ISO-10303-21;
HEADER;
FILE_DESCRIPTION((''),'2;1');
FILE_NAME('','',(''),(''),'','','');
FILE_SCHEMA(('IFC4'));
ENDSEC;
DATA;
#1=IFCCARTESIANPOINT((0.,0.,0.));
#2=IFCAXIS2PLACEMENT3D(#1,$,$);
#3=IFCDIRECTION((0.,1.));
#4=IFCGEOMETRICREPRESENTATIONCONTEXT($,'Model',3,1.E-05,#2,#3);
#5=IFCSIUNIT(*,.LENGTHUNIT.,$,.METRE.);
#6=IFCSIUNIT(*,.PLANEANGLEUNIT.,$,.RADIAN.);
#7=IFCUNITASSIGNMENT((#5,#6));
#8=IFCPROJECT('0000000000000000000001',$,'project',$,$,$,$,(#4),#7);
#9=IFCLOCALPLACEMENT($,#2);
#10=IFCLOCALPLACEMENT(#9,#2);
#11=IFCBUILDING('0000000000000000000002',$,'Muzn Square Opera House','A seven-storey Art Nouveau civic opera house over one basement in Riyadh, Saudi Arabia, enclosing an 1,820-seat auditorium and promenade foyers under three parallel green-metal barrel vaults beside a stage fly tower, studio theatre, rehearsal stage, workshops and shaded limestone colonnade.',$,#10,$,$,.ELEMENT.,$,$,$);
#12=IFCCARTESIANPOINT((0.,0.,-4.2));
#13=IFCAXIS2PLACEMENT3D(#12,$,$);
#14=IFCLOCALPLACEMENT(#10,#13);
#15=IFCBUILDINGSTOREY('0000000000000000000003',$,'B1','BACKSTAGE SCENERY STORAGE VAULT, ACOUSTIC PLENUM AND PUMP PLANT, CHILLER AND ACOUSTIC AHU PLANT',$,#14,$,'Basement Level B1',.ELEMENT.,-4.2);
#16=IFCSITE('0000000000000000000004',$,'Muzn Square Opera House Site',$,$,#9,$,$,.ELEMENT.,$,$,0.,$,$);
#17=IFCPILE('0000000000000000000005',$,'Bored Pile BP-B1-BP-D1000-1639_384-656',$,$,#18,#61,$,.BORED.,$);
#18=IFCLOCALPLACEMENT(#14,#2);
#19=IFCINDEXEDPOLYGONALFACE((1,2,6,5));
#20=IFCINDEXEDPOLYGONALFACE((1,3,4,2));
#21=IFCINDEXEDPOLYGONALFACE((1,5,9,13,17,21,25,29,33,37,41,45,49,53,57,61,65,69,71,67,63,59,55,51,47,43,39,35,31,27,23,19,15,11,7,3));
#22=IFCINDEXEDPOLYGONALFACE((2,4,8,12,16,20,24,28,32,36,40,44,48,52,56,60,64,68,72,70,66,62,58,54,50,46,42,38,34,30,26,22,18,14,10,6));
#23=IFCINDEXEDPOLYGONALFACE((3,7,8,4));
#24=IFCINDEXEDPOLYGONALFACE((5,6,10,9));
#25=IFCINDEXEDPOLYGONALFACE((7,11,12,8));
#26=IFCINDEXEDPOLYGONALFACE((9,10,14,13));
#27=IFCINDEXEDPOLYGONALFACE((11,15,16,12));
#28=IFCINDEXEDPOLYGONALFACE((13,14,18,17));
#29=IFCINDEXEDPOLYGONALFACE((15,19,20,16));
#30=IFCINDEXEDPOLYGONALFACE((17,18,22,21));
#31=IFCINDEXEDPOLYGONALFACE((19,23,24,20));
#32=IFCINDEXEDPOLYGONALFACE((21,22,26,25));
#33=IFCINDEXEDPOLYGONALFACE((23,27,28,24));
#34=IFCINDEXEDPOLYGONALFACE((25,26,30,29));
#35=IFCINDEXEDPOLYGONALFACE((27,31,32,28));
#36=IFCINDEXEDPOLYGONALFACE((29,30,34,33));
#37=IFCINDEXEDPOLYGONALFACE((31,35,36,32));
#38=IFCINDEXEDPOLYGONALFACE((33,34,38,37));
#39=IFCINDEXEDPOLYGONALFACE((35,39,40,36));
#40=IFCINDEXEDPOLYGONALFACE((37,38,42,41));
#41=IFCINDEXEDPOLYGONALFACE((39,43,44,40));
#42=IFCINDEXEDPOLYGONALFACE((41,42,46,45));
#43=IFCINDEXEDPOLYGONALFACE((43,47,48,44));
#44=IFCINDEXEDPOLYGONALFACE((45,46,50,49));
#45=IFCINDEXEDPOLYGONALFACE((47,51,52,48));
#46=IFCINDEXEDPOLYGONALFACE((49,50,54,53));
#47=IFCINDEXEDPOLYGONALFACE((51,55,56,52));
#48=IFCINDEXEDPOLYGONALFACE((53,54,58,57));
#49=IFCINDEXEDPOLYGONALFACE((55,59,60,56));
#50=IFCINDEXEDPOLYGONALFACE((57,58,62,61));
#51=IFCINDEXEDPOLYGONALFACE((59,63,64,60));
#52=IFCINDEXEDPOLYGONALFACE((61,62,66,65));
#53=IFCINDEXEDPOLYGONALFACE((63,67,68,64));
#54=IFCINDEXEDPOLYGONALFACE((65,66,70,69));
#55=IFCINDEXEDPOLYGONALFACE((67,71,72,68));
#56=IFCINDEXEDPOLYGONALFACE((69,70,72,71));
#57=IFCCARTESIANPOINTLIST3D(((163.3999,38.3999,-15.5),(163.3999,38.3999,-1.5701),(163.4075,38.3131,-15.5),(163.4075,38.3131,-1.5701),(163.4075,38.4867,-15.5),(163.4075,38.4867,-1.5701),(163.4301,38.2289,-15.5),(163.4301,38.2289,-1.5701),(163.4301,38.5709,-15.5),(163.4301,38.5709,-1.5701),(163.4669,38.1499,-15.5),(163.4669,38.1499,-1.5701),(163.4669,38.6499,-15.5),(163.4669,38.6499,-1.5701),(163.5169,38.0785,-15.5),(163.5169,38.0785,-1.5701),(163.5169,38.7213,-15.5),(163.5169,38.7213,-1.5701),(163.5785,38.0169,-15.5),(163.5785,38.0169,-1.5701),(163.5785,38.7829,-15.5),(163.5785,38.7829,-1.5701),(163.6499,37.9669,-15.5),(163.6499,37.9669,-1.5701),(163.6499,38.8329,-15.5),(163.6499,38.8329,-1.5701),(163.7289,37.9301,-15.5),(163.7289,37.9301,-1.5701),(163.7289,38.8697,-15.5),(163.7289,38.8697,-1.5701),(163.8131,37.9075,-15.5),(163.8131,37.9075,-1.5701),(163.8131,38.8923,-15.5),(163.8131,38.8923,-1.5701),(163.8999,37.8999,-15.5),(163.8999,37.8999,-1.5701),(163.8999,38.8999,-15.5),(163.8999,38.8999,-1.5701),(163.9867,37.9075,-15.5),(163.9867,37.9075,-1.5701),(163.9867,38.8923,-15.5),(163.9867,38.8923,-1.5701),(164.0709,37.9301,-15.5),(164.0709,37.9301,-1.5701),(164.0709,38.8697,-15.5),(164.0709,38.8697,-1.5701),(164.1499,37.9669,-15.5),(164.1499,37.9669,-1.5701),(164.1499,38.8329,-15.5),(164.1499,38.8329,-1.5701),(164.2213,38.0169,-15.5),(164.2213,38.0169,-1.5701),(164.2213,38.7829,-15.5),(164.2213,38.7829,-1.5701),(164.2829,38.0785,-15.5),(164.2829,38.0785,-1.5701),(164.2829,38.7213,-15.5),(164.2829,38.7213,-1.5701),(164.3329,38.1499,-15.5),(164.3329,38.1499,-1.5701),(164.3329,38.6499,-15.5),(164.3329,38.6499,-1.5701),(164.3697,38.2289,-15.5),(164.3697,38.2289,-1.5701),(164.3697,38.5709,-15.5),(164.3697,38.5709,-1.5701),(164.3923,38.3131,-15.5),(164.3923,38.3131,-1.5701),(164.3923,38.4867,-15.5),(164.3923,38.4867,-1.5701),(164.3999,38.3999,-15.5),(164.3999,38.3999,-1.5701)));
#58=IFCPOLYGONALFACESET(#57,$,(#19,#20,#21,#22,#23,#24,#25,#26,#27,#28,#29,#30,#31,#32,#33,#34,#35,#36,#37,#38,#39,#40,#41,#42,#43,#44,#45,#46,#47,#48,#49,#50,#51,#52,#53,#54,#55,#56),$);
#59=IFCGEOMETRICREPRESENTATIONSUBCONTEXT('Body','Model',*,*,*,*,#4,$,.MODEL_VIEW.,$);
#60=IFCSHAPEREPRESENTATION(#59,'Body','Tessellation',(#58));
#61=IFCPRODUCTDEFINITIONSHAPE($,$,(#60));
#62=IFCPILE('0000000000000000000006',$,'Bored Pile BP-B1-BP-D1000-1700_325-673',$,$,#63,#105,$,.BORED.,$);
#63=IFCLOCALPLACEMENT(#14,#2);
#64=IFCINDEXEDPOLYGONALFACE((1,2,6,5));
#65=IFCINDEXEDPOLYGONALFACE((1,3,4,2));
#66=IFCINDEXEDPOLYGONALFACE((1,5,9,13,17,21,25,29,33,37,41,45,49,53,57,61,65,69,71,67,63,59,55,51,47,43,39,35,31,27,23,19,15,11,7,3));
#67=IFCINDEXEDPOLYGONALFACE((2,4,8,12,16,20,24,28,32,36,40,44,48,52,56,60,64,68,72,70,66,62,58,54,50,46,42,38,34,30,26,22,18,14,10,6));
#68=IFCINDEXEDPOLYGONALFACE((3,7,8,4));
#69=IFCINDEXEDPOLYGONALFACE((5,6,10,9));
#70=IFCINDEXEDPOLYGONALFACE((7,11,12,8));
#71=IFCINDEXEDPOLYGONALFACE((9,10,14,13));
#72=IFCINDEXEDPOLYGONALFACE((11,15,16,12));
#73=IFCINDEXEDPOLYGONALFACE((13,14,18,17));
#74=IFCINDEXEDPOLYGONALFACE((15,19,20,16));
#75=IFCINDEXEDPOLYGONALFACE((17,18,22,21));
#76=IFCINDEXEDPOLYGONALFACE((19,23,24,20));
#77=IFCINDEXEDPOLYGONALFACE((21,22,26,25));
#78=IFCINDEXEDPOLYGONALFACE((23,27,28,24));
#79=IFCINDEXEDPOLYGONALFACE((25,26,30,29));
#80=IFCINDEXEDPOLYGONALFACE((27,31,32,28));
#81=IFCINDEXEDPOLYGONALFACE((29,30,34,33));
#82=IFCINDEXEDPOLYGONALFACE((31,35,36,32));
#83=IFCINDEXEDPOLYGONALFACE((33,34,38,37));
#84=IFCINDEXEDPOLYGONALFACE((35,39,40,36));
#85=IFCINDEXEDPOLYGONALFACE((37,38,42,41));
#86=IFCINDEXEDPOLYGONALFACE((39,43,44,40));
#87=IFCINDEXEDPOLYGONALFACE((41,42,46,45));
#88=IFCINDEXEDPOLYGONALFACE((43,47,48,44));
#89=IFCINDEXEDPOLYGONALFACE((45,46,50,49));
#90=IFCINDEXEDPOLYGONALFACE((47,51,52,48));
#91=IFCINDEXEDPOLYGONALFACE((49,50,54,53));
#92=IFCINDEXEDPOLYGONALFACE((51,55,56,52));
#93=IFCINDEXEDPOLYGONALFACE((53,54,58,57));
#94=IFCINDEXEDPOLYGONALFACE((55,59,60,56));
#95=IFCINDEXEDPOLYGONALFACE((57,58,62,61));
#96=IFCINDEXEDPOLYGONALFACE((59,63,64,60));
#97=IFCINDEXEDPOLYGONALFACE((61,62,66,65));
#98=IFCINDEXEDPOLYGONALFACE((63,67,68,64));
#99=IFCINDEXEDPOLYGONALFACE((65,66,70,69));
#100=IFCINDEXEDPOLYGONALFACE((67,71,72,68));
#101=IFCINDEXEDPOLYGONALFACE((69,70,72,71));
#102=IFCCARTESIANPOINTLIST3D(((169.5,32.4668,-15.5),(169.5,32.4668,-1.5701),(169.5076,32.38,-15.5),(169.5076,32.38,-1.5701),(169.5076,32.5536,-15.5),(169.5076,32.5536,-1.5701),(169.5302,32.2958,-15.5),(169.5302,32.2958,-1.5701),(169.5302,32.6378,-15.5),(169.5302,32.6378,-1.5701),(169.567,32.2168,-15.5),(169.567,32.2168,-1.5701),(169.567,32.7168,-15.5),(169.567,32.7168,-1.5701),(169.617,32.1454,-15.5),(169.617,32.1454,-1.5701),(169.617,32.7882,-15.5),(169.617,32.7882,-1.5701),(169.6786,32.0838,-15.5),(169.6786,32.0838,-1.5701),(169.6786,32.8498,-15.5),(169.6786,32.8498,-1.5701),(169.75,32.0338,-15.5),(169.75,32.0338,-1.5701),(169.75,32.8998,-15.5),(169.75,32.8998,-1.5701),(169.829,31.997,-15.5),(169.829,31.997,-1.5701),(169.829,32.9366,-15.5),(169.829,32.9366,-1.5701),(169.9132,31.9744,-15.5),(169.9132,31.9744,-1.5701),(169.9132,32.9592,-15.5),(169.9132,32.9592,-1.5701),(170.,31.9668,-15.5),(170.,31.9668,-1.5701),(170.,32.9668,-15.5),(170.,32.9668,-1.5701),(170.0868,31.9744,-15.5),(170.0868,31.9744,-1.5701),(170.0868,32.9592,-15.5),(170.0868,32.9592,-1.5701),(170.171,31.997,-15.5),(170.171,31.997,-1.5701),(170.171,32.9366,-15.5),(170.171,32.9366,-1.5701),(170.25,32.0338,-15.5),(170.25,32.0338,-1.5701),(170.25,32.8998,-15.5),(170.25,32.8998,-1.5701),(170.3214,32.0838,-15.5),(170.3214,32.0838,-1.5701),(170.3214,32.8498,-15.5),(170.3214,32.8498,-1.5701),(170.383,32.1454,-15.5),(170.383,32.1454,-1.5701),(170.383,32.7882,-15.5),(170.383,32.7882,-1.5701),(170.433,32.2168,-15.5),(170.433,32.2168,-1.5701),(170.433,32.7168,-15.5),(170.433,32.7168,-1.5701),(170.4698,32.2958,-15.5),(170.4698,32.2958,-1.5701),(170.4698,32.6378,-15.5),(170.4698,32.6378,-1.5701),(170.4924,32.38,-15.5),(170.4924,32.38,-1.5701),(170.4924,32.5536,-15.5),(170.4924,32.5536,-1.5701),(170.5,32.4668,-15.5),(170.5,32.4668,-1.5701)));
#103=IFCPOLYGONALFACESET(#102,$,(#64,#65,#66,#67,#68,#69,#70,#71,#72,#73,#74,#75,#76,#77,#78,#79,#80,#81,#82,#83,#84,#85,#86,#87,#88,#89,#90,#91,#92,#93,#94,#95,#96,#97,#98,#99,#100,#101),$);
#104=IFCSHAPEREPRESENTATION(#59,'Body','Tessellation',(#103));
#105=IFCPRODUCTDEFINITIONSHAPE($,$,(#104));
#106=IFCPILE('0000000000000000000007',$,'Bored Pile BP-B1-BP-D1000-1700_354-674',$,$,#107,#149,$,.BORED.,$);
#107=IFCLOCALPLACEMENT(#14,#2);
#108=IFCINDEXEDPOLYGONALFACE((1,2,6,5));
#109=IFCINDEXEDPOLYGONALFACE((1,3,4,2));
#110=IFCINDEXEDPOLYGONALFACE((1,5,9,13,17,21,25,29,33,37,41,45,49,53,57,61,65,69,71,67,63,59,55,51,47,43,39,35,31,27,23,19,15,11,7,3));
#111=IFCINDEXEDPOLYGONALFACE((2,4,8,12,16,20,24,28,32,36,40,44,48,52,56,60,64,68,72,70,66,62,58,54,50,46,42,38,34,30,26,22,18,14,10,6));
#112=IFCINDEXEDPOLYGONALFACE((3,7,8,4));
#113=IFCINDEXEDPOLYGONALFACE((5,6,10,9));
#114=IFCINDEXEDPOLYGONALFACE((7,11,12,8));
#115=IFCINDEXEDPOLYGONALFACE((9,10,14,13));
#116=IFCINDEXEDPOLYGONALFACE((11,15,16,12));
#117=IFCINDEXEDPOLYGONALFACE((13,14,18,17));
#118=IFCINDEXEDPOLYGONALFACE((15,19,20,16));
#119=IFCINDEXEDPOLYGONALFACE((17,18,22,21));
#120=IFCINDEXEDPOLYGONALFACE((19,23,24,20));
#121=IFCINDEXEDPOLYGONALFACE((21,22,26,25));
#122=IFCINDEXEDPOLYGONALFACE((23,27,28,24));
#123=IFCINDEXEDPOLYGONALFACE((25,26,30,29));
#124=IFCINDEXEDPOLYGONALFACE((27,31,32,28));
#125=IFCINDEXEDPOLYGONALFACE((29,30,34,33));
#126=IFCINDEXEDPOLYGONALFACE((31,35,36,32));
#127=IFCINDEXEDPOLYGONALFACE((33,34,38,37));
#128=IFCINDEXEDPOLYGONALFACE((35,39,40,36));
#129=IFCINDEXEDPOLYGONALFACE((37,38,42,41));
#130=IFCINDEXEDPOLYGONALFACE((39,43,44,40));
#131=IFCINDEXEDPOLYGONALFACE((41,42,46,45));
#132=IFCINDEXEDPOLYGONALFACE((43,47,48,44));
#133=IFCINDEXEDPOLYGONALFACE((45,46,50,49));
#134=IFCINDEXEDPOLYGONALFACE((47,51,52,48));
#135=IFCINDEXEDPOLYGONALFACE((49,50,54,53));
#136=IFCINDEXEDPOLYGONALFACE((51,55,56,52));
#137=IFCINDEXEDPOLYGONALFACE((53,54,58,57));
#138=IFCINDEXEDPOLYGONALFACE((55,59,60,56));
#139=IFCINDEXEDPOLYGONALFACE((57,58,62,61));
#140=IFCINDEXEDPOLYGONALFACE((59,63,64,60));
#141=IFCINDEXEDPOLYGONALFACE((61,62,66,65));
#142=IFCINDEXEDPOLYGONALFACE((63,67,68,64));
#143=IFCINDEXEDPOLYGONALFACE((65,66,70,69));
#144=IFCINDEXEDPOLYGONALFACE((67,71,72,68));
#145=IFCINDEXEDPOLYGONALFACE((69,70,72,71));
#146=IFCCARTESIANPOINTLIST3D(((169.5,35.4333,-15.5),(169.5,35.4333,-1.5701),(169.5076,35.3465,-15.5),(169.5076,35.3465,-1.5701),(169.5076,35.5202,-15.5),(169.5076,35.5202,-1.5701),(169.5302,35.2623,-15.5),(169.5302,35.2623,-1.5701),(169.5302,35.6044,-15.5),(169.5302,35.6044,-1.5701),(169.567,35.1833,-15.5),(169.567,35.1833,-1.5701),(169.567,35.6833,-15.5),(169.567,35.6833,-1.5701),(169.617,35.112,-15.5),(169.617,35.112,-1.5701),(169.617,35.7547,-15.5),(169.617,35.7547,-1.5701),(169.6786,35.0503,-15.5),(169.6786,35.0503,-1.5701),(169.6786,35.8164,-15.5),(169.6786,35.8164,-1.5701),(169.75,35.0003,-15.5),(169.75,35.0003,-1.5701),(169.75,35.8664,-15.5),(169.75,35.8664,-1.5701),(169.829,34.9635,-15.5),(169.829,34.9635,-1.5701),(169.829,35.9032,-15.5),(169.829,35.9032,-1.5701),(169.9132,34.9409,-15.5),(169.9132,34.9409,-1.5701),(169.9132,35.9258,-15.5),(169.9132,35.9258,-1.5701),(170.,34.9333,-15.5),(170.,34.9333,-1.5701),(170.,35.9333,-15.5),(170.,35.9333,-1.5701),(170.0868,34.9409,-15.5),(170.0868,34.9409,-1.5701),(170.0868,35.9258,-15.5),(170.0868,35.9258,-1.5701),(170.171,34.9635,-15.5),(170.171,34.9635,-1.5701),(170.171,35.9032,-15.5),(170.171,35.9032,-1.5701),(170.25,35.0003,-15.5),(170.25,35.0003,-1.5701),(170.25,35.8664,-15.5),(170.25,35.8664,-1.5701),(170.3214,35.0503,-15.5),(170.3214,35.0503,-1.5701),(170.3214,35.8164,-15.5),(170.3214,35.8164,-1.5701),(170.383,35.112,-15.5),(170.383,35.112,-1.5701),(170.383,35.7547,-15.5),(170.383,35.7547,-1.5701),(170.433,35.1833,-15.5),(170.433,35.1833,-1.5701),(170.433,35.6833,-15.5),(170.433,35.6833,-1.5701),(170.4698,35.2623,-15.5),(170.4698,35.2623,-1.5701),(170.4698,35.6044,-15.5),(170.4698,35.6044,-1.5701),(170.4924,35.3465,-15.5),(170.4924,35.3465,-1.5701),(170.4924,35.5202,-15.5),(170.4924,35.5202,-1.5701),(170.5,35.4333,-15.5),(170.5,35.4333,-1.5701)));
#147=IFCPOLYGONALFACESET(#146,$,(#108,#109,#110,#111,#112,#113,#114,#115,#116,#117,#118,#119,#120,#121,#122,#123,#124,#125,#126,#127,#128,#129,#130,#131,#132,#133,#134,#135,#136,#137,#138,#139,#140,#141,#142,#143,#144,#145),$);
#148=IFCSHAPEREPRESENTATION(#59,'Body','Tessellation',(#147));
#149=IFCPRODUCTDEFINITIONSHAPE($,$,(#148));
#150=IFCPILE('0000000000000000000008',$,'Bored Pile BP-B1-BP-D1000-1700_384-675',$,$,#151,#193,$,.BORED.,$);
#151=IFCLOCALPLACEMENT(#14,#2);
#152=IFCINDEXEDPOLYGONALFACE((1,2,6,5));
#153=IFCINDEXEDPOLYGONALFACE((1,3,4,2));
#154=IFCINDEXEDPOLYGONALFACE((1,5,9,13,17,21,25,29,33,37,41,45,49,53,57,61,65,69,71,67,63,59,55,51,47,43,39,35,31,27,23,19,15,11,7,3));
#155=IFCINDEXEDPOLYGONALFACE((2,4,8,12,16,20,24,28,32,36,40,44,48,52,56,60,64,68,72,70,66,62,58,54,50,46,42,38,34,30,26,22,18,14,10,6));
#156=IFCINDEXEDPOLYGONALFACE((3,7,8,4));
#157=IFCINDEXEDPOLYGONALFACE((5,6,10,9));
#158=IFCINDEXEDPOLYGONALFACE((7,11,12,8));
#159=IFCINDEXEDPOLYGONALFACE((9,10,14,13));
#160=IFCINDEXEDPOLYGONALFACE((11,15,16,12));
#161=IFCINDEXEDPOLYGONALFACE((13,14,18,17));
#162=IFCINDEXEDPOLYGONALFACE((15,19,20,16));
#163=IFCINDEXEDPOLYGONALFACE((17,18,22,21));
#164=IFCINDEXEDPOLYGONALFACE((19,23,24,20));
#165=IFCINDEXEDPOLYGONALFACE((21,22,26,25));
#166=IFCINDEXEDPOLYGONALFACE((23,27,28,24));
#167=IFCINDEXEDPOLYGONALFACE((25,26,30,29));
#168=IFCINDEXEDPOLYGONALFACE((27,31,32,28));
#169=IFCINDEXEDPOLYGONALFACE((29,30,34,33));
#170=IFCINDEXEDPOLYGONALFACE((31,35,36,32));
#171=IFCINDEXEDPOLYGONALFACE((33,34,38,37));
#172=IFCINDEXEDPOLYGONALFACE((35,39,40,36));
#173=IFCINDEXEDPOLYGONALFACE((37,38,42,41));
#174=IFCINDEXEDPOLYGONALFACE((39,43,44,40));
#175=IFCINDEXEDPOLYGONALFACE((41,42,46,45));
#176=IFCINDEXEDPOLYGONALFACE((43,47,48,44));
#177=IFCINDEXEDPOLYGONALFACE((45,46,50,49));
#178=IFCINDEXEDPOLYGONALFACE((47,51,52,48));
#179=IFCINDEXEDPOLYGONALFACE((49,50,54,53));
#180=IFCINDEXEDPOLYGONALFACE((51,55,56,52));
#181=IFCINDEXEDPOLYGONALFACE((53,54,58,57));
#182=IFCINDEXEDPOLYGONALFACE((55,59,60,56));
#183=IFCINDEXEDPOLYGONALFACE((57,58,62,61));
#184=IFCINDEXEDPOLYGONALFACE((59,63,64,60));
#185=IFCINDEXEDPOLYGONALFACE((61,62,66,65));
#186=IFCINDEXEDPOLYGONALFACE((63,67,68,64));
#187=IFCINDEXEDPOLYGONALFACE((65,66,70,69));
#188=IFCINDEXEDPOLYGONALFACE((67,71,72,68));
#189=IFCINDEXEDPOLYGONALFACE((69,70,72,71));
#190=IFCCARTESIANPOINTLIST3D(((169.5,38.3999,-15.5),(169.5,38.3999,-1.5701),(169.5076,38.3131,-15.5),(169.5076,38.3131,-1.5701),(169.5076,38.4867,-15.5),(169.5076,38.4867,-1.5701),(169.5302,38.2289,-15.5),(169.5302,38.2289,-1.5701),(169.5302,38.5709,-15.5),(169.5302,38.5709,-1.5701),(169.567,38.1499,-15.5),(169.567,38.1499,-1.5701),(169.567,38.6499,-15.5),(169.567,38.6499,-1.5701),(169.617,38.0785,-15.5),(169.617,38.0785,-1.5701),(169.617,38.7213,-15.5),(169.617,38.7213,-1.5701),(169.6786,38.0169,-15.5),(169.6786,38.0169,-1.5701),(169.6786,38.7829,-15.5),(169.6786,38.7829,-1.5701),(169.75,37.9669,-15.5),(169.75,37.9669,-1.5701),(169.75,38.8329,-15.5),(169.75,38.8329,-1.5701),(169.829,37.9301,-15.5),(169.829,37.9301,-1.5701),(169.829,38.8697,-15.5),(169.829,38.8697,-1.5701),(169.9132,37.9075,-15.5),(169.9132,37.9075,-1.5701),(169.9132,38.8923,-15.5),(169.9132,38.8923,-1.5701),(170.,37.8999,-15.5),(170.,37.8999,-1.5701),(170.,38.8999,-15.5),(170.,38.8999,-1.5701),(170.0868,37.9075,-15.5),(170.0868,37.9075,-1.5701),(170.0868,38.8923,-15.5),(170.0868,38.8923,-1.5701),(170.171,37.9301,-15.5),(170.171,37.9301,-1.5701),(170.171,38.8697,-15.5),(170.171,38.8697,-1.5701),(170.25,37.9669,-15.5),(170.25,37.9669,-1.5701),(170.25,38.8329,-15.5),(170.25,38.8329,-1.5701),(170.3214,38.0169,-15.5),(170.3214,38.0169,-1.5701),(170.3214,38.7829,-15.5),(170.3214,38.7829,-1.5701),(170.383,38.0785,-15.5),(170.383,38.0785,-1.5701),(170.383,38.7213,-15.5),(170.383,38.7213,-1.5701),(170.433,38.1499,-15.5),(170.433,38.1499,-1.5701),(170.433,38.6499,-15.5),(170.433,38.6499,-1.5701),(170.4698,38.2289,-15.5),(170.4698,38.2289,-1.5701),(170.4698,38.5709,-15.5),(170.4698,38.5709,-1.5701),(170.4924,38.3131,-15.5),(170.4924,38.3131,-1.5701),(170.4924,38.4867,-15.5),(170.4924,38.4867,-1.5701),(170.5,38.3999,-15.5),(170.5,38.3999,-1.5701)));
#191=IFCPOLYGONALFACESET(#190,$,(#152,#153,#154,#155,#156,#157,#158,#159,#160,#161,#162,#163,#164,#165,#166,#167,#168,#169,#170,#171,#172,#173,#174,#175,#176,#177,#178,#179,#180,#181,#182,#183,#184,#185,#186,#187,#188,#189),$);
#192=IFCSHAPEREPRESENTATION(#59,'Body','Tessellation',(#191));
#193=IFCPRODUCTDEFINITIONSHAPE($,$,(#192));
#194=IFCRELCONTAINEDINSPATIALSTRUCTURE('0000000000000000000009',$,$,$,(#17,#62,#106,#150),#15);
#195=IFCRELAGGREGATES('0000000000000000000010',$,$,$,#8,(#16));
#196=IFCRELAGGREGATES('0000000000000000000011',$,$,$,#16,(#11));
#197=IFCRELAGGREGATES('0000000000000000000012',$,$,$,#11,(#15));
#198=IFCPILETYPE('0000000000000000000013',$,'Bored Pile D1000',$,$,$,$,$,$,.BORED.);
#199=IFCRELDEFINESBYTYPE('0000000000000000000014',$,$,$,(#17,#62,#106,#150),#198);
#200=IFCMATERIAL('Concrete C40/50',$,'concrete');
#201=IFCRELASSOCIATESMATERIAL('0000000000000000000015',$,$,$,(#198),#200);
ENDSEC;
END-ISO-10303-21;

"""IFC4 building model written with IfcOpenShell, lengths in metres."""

from ifc_helpers import new_model, si_unit, direction, frame, origin, origin_2d, place, context, subcontext, project, spatial, circle, extrude, material, material_profile, profile_set, type_object, element, save


model = new_model("IFC4")

# Units and contexts
model_context = context("Model", 3, precision=1e-05, world=origin(), true_north=direction((0.0, 1.0)))
body_context = subcontext(model_context, "Body", "Model", "MODEL_VIEW")
ifc_project = project(units=[si_unit("LENGTHUNIT", "METRE"), si_unit("PLANEANGLEUNIT", "RADIAN")], contexts=[model_context])

# Site, building, storey
site_placement = place(None, origin())
site = spatial("IfcSite", under=ifc_project, at=site_placement, Name="Muzn Square Opera House Site", CompositionType="ELEMENT", RefElevation=0.0)
building_placement = place(site_placement, origin())
building = spatial("IfcBuilding", under=site, at=building_placement, Name="Muzn Square Opera House", Description="A seven-storey Art Nouveau civic opera house over one basement in Riyadh, Saudi Arabia, enclosing an 1,820-seat auditorium and promenade foyers under three parallel green-metal barrel vaults beside a stage fly tower, studio theatre, rehearsal stage, workshops and shaded limestone colonnade.", CompositionType="ELEMENT")
storey_placement = place(building_placement, frame((0.0, 0.0, -4.2)))
storey = spatial("IfcBuildingStorey", under=building, at=storey_placement, Name="B1", Description="BACKSTAGE SCENERY STORAGE VAULT, ACOUSTIC PLENUM AND PUMP PLANT, CHILLER AND ACOUSTIC AHU PLANT", LongName="Basement Level B1", CompositionType="ELEMENT", Elevation=-4.2)

# Piles
ifc_material_1 = material(Name="Concrete C40/50", Category="concrete")
ifc_material_profile_1 = material_profile(ifc_material_1, circle(Radius=0.5, at=origin_2d()), Name="BORED PILE D1000", Category="concrete")
ifc_profile_set_1 = profile_set([ifc_material_profile_1], Name="Concrete C40/50")
pile_type = type_object("IfcPileType", Name="Bored Pile D1000", PredefinedType="BORED", material=ifc_profile_set_1)
for number, where, z_axis, x_axis, name in (
    (1, (163.8999, 38.3999, -1.5701), (0.0, 0.0, -1.0), (1.0, 0.0, 0.0), "Bored Pile BP-B1-BP-D1000-1639_384-656"),
    (2, (170.0, 32.4668, -1.5701), (0.0, 0.0, -1.0), (1.0, 0.0, 0.0), "Bored Pile BP-B1-BP-D1000-1700_325-673"),
    (3, (170.0, 35.4333, -1.5701), (0.0, 0.0, -1.0), (1.0, 0.0, 0.0), "Bored Pile BP-B1-BP-D1000-1700_354-674"),
    (4, (170.0, 38.3999, -1.5701), (0.0, 0.0, -1.0), (1.0, 0.0, 0.0), "Bored Pile BP-B1-BP-D1000-1700_384-675"),
):
    element("IfcPile", number, at=place(storey_placement, frame(where, z_axis=z_axis, x_axis=x_axis)), inside=storey, type_object=pile_type, Name=name, PredefinedType="BORED", context=body_context, shape_type="SweptSolid", body=[
        extrude(circle(Radius=0.5, at=origin_2d()), origin(), (0.0, 0.0, 1.0), 13.9299),
    ])

save(model, "model.ifc")
